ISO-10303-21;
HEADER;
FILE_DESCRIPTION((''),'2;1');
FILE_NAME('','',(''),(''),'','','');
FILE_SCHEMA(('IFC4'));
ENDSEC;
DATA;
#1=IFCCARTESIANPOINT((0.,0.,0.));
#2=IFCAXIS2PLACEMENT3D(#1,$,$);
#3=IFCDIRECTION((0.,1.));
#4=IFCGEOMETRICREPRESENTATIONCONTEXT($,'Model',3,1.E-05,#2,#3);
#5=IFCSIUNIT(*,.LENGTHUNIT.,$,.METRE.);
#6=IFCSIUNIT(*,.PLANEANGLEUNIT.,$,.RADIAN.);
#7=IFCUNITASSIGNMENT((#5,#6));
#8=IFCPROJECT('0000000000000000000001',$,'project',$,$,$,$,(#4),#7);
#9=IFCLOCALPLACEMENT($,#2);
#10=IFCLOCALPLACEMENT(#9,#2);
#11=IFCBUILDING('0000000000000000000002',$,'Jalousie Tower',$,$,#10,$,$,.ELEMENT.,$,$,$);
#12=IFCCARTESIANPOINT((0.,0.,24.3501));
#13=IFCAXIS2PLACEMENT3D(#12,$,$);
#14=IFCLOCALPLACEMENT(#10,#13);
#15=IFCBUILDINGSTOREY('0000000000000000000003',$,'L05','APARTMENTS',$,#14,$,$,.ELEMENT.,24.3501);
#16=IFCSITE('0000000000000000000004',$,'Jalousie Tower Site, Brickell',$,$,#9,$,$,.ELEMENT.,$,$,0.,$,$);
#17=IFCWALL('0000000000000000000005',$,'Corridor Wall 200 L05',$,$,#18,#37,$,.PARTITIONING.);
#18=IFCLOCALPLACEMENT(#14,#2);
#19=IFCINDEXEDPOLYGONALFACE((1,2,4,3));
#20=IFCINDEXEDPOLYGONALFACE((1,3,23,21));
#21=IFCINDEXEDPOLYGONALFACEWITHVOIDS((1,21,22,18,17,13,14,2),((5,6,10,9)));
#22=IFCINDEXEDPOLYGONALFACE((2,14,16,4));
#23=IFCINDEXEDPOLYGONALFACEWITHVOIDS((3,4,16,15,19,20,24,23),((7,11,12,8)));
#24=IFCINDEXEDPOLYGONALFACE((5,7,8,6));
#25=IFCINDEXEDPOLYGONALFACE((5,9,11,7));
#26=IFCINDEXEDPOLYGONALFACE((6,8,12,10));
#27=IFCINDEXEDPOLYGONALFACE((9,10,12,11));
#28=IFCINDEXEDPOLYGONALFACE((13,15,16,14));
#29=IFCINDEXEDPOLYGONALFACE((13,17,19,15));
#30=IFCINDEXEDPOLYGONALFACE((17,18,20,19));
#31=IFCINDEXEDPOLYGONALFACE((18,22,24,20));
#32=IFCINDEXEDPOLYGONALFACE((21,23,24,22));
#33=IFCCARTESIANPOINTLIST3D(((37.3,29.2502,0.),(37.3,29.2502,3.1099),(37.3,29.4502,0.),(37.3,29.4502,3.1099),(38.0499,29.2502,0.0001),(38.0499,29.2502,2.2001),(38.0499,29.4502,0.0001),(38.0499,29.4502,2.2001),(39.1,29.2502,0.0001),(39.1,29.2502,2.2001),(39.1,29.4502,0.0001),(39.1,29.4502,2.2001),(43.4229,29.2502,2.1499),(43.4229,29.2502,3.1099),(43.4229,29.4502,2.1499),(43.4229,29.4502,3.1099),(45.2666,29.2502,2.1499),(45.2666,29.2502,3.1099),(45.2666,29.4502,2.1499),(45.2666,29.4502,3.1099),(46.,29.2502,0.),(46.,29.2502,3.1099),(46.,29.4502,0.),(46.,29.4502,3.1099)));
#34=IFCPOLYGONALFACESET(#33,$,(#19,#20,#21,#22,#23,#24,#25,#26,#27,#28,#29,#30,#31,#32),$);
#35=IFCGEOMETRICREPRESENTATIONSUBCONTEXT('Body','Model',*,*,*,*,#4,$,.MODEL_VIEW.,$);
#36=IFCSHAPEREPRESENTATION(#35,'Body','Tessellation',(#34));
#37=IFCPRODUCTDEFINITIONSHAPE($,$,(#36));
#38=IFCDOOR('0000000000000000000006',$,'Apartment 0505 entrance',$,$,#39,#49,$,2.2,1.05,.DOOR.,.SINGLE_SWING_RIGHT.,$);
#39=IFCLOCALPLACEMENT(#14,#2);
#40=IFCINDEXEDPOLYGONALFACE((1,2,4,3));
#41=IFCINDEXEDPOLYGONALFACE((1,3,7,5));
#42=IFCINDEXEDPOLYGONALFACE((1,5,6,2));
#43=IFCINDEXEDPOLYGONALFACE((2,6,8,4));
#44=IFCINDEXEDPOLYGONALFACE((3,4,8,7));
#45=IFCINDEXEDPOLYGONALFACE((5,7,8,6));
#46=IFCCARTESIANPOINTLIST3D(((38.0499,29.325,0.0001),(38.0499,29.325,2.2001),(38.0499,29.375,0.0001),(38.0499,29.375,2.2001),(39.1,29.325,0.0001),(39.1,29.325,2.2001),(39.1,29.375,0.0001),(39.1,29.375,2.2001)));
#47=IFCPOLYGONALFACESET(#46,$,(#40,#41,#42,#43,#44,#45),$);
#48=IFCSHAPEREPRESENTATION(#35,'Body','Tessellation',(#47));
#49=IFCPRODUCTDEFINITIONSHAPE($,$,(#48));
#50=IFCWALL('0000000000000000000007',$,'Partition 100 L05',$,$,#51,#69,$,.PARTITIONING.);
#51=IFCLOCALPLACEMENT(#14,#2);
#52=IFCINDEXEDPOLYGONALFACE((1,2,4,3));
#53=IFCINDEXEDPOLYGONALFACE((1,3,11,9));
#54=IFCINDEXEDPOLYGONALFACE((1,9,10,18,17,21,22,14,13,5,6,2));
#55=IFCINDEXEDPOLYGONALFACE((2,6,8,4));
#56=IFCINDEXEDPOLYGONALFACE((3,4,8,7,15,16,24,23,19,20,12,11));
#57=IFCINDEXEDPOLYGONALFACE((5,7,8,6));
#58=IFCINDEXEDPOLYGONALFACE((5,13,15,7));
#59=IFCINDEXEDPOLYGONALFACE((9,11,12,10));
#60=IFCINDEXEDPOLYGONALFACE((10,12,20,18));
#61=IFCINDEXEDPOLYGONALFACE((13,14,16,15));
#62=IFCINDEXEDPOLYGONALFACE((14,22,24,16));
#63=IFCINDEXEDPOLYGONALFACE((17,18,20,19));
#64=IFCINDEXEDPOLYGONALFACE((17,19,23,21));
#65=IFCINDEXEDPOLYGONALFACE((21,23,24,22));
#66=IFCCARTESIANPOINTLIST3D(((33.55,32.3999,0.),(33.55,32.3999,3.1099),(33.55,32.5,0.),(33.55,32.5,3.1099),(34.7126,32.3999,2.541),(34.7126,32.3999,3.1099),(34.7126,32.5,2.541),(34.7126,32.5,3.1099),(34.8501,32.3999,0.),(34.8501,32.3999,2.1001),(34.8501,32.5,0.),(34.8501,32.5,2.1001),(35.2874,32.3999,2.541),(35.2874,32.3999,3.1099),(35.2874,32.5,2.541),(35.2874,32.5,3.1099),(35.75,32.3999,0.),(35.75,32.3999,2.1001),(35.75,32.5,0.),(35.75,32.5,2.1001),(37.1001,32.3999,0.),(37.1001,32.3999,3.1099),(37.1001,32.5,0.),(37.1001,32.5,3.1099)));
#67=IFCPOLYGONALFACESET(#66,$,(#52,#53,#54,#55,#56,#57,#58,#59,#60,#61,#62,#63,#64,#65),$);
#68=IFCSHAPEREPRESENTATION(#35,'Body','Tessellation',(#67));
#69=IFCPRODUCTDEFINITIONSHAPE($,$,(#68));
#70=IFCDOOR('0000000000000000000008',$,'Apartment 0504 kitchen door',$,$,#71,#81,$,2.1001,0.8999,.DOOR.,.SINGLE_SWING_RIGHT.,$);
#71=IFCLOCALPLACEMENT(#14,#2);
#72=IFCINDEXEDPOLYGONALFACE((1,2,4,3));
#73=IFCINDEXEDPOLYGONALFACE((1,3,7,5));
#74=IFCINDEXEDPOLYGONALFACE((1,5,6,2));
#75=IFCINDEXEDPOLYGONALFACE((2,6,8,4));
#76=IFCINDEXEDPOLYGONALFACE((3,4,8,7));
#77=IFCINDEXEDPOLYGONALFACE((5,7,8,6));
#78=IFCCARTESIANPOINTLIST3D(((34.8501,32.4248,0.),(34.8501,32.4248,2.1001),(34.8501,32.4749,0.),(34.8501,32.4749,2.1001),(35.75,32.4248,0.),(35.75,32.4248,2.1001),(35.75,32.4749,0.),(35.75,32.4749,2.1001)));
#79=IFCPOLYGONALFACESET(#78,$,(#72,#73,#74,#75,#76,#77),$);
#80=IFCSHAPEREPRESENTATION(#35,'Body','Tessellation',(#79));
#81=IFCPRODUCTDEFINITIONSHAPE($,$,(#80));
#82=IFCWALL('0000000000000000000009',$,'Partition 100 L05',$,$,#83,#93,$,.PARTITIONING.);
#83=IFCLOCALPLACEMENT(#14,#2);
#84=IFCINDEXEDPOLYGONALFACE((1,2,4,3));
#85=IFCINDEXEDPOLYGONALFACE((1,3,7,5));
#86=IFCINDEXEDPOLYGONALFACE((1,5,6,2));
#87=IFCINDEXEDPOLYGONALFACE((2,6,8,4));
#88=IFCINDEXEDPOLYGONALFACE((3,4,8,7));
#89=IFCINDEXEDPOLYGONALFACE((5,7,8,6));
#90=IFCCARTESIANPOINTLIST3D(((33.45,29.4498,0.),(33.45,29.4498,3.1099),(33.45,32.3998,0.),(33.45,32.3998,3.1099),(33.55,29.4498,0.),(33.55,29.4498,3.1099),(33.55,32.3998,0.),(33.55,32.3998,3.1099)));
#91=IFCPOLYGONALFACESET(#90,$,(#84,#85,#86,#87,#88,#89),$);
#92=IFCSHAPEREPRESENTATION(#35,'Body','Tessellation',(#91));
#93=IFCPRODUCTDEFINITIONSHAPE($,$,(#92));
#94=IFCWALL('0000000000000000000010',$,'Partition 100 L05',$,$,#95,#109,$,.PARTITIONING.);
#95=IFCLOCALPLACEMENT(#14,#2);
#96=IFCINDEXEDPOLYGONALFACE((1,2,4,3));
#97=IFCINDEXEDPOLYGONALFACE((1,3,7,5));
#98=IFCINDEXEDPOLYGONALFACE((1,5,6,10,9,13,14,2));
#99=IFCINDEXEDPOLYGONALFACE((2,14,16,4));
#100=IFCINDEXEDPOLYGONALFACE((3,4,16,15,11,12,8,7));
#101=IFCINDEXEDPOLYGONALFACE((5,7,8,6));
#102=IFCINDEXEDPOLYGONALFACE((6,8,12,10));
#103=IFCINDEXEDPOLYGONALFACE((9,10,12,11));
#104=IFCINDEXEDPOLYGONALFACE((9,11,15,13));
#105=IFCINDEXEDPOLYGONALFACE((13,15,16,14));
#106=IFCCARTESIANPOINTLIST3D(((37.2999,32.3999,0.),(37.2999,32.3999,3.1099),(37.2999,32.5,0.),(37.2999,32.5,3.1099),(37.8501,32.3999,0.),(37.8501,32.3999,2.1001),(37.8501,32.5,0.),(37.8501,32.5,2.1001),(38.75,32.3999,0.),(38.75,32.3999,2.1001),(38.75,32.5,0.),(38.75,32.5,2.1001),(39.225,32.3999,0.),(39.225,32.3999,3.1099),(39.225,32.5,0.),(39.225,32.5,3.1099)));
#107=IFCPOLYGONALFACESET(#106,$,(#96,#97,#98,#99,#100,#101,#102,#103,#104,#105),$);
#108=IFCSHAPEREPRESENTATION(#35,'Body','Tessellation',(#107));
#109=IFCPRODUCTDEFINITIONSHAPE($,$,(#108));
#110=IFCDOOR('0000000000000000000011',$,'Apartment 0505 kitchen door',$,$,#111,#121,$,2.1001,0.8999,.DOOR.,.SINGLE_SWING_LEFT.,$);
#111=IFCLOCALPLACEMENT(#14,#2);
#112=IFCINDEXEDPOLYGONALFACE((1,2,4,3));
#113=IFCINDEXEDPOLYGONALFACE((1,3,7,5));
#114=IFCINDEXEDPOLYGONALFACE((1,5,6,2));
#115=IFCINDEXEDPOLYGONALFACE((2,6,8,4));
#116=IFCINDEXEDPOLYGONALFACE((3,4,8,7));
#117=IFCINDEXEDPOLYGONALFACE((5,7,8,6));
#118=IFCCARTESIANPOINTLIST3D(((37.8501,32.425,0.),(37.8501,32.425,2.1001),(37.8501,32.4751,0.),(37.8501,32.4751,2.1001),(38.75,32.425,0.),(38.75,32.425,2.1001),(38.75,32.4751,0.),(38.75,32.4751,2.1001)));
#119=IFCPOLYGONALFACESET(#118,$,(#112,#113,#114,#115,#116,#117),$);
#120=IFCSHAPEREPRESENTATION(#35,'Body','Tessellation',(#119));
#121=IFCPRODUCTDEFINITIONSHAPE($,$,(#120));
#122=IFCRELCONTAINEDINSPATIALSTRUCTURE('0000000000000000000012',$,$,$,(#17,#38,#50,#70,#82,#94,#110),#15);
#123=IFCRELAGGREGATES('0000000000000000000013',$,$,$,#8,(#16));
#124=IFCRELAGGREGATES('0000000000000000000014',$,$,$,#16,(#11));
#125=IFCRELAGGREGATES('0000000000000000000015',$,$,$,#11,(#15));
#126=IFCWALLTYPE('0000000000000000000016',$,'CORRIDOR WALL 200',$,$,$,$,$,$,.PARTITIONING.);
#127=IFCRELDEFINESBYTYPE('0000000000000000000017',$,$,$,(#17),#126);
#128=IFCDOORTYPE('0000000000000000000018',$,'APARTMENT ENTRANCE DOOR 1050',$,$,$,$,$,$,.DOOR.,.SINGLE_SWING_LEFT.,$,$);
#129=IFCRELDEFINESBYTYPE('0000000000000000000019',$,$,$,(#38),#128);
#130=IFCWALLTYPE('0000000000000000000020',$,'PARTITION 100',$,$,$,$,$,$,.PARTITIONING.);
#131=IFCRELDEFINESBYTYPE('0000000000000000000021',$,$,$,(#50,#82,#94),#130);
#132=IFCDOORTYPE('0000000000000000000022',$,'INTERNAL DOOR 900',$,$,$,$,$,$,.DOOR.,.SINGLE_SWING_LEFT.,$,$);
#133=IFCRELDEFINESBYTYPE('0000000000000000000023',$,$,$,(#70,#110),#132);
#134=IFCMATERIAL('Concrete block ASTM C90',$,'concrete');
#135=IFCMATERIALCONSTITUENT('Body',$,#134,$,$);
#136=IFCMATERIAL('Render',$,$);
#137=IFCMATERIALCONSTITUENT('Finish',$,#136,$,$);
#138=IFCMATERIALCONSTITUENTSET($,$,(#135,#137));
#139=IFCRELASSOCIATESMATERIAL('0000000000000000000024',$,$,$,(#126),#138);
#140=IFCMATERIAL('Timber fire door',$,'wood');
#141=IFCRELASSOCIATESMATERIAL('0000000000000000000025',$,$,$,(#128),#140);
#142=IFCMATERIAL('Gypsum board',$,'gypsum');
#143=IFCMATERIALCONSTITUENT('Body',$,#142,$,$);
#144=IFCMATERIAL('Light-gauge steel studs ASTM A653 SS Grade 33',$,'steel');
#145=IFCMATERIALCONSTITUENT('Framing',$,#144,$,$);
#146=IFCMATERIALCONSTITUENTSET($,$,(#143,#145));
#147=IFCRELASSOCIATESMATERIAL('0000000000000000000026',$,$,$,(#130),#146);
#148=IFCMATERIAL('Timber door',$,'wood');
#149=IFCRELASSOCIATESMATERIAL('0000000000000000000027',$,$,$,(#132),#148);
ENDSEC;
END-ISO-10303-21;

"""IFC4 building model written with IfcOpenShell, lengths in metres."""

from ifc_helpers import new_model, si_unit, direction, frame, frame_2d, origin, place, context, subcontext, project, spatial, polyline, rectangle, outline, extrude, material, constituent, constituent_set, type_object, element, fill, save


model = new_model("IFC4")

# Units and contexts
model_context = context("Model", 3, precision=1e-05, world=origin(), true_north=direction((0.0, 1.0)))
body_context = subcontext(model_context, "Body", "Model", "MODEL_VIEW")
ifc_project = project(units=[si_unit("LENGTHUNIT", "METRE"), si_unit("PLANEANGLEUNIT", "RADIAN")], contexts=[model_context])

# Site, building, storey
site_placement = place(None, origin())
site = spatial("IfcSite", under=ifc_project, at=site_placement, Name="Jalousie Tower Site, Brickell", CompositionType="ELEMENT", RefElevation=0.0)
building_placement = place(site_placement, origin())
building = spatial("IfcBuilding", under=site, at=building_placement, Name="Jalousie Tower", CompositionType="ELEMENT")
storey_placement = place(building_placement, frame((0.0, 0.0, 24.3501)))
storey = spatial("IfcBuildingStorey", under=building, at=storey_placement, Name="L05", Description="APARTMENTS", CompositionType="ELEMENT", Elevation=24.3501)

# Walls, openings, doors
ifc_material_1 = material(Name="Concrete block ASTM C90", Category="concrete")
ifc_constituent_1 = constituent(ifc_material_1, Name="Body")
ifc_material_2 = material(Name="Render")
ifc_constituent_2 = constituent(ifc_material_2, Name="Finish")
ifc_constituent_set_1 = constituent_set(constituents=[ifc_constituent_1, ifc_constituent_2])
wall_type_1 = type_object("IfcWallType", Name="CORRIDOR WALL 200", PredefinedType="PARTITIONING", material=ifc_constituent_set_1)
wall_1_placement = place(storey_placement, frame((37.3, 29.3501, 0.0), z_axis=(0.0, 0.0, 1.0), x_axis=(1.0, 0.0, 0.0)))
wall_1 = element("IfcWall", 1, at=wall_1_placement, inside=storey, type_object=wall_type_1, Name="Corridor Wall 200 L05", PredefinedType="PARTITIONING", context=body_context, shape_type="SweptSolid", body=[
    extrude(outline(polyline([(0.0, 0.0), (8.7, 0.0), (8.7, 3.1099), (7.9666, 3.1099), (7.9666, 2.1499), (6.1228, 2.1499), (6.1228, 3.1099), (0.0, 3.1099), (0.0, 0.0)])), frame((0.0, 0.1001, 0.0), z_axis=(0.0, -1.0, 0.0), x_axis=(1.0, 0.0, 0.0)), (0.0, 0.0, 1.0), 0.2),
])
opening_1_placement = place(wall_1_placement, frame((0.75, 0.0, 0.0)))
opening_1 = element("IfcOpeningElement", 2, at=opening_1_placement, cuts=wall_1, PredefinedType="OPENING", context=body_context, shape_type="SweptSolid", body=[
    extrude(rectangle(XDim=1.05, YDim=2.2, at=frame_2d((0.5249, 1.1001))), frame((0.0, 0.1099, 0.0), z_axis=(0.0, -1.0, 0.0), x_axis=(1.0, 0.0, 0.0)), (0.0, 0.0, 1.0), 0.22),
])
ifc_material_3 = material(Name="Timber fire door", Category="wood")
door_type_1 = type_object("IfcDoorType", Name="APARTMENT ENTRANCE DOOR 1050", OperationType="SINGLE_SWING_LEFT", PredefinedType="DOOR", material=ifc_material_3)
door_1_placement = place(opening_1_placement, origin())
door_1 = element("IfcDoor", 3, at=door_1_placement, inside=storey, type_object=door_type_1, Name="Apartment 0505 entrance", OperationType="SINGLE_SWING_RIGHT", OverallHeight=2.2, OverallWidth=1.05, PredefinedType="DOOR", context=body_context, shape_type="SweptSolid", body=[
    extrude(rectangle(XDim=1.05, YDim=2.2, at=frame_2d((0.5249, 1.1001))), frame((0.0, 0.0249, 0.0), z_axis=(0.0, -1.0, 0.0), x_axis=(1.0, 0.0, 0.0)), (0.0, 0.0, 1.0), 0.05),
])
fill(opening_1, door_1)
ifc_material_4 = material(Name="Gypsum board", Category="gypsum")
ifc_constituent_3 = constituent(ifc_material_4, Name="Body")
ifc_material_5 = material(Name="Light-gauge steel studs ASTM A653 SS Grade 33", Category="steel")
ifc_constituent_4 = constituent(ifc_material_5, Name="Framing")
ifc_constituent_set_2 = constituent_set(constituents=[ifc_constituent_3, ifc_constituent_4])
wall_type_2 = type_object("IfcWallType", Name="PARTITION 100", PredefinedType="PARTITIONING", material=ifc_constituent_set_2)
wall_2_placement = place(storey_placement, frame((33.55, 32.45, 0.0), z_axis=(0.0, 0.0, 1.0), x_axis=(1.0, 0.0, 0.0)))
wall_2 = element("IfcWall", 4, at=wall_2_placement, inside=storey, type_object=wall_type_2, Name="Partition 100 L05", PredefinedType="PARTITIONING", context=body_context, shape_type="SweptSolid", body=[
    extrude(outline(polyline([(0.0, 0.0), (3.55, 0.0), (3.55, 3.1099), (1.7373, 3.1099), (1.7373, 2.541), (1.1626, 2.541), (1.1626, 3.1099), (0.0, 3.1099), (0.0, 0.0)])), frame((0.0, 0.05, 0.0), z_axis=(0.0, -1.0, 0.0), x_axis=(1.0, 0.0, 0.0)), (0.0, 0.0, 1.0), 0.1001),
])
opening_2_placement = place(wall_2_placement, frame((1.3, 0.0, 0.0)))
opening_2 = element("IfcOpeningElement", 5, at=opening_2_placement, cuts=wall_2, PredefinedType="OPENING", context=body_context, shape_type="SweptSolid", body=[
    extrude(rectangle(XDim=0.8999, YDim=2.1001, at=frame_2d((0.45, 1.05))), frame((0.0, 0.0601, 0.0), z_axis=(0.0, -1.0, 0.0), x_axis=(1.0, 0.0, 0.0)), (0.0, 0.0, 1.0), 0.1201),
])
ifc_material_6 = material(Name="Timber door", Category="wood")
door_type_2 = type_object("IfcDoorType", Name="INTERNAL DOOR 900", OperationType="SINGLE_SWING_LEFT", PredefinedType="DOOR", material=ifc_material_6)
door_2_placement = place(opening_2_placement, origin())
door_2 = element("IfcDoor", 6, at=door_2_placement, inside=storey, type_object=door_type_2, Name="Apartment 0504 kitchen door", OperationType="SINGLE_SWING_RIGHT", OverallHeight=2.1001, OverallWidth=0.8999, PredefinedType="DOOR", context=body_context, shape_type="SweptSolid", body=[
    extrude(rectangle(XDim=0.8999, YDim=2.1001, at=frame_2d((0.45, 1.05))), frame((0.0, 0.0249, 0.0), z_axis=(0.0, -1.0, 0.0), x_axis=(1.0, 0.0, 0.0)), (0.0, 0.0, 1.0), 0.05),
])
fill(opening_2, door_2)

# Wall
wall_3_placement = place(storey_placement, frame((33.5, 32.3999, 0.0), z_axis=(0.0, 0.0, 1.0), x_axis=(0.0, -1.0, 0.0)))
element("IfcWall", 7, at=wall_3_placement, inside=storey, type_object=wall_type_2, Name="Partition 100 L05", PredefinedType="PARTITIONING", context=body_context, shape_type="SweptSolid", body=[
    extrude(rectangle(XDim=2.95, YDim=0.1001, at=frame_2d((1.4751, 0.0))), origin(), (0.0, 0.0, 1.0), 3.1099),
])

# Wall, opening, door
wall_4_placement = place(storey_placement, frame((37.3, 32.45, 0.0), z_axis=(0.0, 0.0, 1.0), x_axis=(1.0, 0.0, 0.0)))
wall_4 = element("IfcWall", 8, at=wall_4_placement, inside=storey, type_object=wall_type_2, Name="Partition 100 L05", PredefinedType="PARTITIONING", context=body_context, shape_type="SweptSolid", body=[
    extrude(rectangle(XDim=1.925, YDim=0.1001, at=frame_2d((0.9624, 0.0))), origin(), (0.0, 0.0, 1.0), 3.1099),
])
opening_3_placement = place(wall_4_placement, frame((0.55, 0.0, 0.0)))
opening_3 = element("IfcOpeningElement", 9, at=opening_3_placement, cuts=wall_4, PredefinedType="OPENING", context=body_context, shape_type="SweptSolid", body=[
    extrude(rectangle(XDim=0.8999, YDim=2.1001, at=frame_2d((0.45, 1.05))), frame((0.0, 0.0601, 0.0), z_axis=(0.0, -1.0, 0.0), x_axis=(1.0, 0.0, 0.0)), (0.0, 0.0, 1.0), 0.1201),
])
door_3_placement = place(opening_3_placement, frame((0.8999, 0.0, 0.0), z_axis=(0.0, 0.0, 1.0), x_axis=(-1.0, 0.0, 0.0)))
door_3 = element("IfcDoor", 10, at=door_3_placement, inside=storey, type_object=door_type_2, Name="Apartment 0505 kitchen door", OperationType="SINGLE_SWING_LEFT", OverallHeight=2.1001, OverallWidth=0.8999, PredefinedType="DOOR", context=body_context, shape_type="SweptSolid", body=[
    extrude(rectangle(XDim=0.8999, YDim=2.1001, at=frame_2d((0.45, 1.05))), frame((0.0, 0.0249, 0.0), z_axis=(0.0, -1.0, 0.0), x_axis=(1.0, 0.0, 0.0)), (0.0, 0.0, 1.0), 0.05),
])
fill(opening_3, door_3)

save(model, "model.ifc")
